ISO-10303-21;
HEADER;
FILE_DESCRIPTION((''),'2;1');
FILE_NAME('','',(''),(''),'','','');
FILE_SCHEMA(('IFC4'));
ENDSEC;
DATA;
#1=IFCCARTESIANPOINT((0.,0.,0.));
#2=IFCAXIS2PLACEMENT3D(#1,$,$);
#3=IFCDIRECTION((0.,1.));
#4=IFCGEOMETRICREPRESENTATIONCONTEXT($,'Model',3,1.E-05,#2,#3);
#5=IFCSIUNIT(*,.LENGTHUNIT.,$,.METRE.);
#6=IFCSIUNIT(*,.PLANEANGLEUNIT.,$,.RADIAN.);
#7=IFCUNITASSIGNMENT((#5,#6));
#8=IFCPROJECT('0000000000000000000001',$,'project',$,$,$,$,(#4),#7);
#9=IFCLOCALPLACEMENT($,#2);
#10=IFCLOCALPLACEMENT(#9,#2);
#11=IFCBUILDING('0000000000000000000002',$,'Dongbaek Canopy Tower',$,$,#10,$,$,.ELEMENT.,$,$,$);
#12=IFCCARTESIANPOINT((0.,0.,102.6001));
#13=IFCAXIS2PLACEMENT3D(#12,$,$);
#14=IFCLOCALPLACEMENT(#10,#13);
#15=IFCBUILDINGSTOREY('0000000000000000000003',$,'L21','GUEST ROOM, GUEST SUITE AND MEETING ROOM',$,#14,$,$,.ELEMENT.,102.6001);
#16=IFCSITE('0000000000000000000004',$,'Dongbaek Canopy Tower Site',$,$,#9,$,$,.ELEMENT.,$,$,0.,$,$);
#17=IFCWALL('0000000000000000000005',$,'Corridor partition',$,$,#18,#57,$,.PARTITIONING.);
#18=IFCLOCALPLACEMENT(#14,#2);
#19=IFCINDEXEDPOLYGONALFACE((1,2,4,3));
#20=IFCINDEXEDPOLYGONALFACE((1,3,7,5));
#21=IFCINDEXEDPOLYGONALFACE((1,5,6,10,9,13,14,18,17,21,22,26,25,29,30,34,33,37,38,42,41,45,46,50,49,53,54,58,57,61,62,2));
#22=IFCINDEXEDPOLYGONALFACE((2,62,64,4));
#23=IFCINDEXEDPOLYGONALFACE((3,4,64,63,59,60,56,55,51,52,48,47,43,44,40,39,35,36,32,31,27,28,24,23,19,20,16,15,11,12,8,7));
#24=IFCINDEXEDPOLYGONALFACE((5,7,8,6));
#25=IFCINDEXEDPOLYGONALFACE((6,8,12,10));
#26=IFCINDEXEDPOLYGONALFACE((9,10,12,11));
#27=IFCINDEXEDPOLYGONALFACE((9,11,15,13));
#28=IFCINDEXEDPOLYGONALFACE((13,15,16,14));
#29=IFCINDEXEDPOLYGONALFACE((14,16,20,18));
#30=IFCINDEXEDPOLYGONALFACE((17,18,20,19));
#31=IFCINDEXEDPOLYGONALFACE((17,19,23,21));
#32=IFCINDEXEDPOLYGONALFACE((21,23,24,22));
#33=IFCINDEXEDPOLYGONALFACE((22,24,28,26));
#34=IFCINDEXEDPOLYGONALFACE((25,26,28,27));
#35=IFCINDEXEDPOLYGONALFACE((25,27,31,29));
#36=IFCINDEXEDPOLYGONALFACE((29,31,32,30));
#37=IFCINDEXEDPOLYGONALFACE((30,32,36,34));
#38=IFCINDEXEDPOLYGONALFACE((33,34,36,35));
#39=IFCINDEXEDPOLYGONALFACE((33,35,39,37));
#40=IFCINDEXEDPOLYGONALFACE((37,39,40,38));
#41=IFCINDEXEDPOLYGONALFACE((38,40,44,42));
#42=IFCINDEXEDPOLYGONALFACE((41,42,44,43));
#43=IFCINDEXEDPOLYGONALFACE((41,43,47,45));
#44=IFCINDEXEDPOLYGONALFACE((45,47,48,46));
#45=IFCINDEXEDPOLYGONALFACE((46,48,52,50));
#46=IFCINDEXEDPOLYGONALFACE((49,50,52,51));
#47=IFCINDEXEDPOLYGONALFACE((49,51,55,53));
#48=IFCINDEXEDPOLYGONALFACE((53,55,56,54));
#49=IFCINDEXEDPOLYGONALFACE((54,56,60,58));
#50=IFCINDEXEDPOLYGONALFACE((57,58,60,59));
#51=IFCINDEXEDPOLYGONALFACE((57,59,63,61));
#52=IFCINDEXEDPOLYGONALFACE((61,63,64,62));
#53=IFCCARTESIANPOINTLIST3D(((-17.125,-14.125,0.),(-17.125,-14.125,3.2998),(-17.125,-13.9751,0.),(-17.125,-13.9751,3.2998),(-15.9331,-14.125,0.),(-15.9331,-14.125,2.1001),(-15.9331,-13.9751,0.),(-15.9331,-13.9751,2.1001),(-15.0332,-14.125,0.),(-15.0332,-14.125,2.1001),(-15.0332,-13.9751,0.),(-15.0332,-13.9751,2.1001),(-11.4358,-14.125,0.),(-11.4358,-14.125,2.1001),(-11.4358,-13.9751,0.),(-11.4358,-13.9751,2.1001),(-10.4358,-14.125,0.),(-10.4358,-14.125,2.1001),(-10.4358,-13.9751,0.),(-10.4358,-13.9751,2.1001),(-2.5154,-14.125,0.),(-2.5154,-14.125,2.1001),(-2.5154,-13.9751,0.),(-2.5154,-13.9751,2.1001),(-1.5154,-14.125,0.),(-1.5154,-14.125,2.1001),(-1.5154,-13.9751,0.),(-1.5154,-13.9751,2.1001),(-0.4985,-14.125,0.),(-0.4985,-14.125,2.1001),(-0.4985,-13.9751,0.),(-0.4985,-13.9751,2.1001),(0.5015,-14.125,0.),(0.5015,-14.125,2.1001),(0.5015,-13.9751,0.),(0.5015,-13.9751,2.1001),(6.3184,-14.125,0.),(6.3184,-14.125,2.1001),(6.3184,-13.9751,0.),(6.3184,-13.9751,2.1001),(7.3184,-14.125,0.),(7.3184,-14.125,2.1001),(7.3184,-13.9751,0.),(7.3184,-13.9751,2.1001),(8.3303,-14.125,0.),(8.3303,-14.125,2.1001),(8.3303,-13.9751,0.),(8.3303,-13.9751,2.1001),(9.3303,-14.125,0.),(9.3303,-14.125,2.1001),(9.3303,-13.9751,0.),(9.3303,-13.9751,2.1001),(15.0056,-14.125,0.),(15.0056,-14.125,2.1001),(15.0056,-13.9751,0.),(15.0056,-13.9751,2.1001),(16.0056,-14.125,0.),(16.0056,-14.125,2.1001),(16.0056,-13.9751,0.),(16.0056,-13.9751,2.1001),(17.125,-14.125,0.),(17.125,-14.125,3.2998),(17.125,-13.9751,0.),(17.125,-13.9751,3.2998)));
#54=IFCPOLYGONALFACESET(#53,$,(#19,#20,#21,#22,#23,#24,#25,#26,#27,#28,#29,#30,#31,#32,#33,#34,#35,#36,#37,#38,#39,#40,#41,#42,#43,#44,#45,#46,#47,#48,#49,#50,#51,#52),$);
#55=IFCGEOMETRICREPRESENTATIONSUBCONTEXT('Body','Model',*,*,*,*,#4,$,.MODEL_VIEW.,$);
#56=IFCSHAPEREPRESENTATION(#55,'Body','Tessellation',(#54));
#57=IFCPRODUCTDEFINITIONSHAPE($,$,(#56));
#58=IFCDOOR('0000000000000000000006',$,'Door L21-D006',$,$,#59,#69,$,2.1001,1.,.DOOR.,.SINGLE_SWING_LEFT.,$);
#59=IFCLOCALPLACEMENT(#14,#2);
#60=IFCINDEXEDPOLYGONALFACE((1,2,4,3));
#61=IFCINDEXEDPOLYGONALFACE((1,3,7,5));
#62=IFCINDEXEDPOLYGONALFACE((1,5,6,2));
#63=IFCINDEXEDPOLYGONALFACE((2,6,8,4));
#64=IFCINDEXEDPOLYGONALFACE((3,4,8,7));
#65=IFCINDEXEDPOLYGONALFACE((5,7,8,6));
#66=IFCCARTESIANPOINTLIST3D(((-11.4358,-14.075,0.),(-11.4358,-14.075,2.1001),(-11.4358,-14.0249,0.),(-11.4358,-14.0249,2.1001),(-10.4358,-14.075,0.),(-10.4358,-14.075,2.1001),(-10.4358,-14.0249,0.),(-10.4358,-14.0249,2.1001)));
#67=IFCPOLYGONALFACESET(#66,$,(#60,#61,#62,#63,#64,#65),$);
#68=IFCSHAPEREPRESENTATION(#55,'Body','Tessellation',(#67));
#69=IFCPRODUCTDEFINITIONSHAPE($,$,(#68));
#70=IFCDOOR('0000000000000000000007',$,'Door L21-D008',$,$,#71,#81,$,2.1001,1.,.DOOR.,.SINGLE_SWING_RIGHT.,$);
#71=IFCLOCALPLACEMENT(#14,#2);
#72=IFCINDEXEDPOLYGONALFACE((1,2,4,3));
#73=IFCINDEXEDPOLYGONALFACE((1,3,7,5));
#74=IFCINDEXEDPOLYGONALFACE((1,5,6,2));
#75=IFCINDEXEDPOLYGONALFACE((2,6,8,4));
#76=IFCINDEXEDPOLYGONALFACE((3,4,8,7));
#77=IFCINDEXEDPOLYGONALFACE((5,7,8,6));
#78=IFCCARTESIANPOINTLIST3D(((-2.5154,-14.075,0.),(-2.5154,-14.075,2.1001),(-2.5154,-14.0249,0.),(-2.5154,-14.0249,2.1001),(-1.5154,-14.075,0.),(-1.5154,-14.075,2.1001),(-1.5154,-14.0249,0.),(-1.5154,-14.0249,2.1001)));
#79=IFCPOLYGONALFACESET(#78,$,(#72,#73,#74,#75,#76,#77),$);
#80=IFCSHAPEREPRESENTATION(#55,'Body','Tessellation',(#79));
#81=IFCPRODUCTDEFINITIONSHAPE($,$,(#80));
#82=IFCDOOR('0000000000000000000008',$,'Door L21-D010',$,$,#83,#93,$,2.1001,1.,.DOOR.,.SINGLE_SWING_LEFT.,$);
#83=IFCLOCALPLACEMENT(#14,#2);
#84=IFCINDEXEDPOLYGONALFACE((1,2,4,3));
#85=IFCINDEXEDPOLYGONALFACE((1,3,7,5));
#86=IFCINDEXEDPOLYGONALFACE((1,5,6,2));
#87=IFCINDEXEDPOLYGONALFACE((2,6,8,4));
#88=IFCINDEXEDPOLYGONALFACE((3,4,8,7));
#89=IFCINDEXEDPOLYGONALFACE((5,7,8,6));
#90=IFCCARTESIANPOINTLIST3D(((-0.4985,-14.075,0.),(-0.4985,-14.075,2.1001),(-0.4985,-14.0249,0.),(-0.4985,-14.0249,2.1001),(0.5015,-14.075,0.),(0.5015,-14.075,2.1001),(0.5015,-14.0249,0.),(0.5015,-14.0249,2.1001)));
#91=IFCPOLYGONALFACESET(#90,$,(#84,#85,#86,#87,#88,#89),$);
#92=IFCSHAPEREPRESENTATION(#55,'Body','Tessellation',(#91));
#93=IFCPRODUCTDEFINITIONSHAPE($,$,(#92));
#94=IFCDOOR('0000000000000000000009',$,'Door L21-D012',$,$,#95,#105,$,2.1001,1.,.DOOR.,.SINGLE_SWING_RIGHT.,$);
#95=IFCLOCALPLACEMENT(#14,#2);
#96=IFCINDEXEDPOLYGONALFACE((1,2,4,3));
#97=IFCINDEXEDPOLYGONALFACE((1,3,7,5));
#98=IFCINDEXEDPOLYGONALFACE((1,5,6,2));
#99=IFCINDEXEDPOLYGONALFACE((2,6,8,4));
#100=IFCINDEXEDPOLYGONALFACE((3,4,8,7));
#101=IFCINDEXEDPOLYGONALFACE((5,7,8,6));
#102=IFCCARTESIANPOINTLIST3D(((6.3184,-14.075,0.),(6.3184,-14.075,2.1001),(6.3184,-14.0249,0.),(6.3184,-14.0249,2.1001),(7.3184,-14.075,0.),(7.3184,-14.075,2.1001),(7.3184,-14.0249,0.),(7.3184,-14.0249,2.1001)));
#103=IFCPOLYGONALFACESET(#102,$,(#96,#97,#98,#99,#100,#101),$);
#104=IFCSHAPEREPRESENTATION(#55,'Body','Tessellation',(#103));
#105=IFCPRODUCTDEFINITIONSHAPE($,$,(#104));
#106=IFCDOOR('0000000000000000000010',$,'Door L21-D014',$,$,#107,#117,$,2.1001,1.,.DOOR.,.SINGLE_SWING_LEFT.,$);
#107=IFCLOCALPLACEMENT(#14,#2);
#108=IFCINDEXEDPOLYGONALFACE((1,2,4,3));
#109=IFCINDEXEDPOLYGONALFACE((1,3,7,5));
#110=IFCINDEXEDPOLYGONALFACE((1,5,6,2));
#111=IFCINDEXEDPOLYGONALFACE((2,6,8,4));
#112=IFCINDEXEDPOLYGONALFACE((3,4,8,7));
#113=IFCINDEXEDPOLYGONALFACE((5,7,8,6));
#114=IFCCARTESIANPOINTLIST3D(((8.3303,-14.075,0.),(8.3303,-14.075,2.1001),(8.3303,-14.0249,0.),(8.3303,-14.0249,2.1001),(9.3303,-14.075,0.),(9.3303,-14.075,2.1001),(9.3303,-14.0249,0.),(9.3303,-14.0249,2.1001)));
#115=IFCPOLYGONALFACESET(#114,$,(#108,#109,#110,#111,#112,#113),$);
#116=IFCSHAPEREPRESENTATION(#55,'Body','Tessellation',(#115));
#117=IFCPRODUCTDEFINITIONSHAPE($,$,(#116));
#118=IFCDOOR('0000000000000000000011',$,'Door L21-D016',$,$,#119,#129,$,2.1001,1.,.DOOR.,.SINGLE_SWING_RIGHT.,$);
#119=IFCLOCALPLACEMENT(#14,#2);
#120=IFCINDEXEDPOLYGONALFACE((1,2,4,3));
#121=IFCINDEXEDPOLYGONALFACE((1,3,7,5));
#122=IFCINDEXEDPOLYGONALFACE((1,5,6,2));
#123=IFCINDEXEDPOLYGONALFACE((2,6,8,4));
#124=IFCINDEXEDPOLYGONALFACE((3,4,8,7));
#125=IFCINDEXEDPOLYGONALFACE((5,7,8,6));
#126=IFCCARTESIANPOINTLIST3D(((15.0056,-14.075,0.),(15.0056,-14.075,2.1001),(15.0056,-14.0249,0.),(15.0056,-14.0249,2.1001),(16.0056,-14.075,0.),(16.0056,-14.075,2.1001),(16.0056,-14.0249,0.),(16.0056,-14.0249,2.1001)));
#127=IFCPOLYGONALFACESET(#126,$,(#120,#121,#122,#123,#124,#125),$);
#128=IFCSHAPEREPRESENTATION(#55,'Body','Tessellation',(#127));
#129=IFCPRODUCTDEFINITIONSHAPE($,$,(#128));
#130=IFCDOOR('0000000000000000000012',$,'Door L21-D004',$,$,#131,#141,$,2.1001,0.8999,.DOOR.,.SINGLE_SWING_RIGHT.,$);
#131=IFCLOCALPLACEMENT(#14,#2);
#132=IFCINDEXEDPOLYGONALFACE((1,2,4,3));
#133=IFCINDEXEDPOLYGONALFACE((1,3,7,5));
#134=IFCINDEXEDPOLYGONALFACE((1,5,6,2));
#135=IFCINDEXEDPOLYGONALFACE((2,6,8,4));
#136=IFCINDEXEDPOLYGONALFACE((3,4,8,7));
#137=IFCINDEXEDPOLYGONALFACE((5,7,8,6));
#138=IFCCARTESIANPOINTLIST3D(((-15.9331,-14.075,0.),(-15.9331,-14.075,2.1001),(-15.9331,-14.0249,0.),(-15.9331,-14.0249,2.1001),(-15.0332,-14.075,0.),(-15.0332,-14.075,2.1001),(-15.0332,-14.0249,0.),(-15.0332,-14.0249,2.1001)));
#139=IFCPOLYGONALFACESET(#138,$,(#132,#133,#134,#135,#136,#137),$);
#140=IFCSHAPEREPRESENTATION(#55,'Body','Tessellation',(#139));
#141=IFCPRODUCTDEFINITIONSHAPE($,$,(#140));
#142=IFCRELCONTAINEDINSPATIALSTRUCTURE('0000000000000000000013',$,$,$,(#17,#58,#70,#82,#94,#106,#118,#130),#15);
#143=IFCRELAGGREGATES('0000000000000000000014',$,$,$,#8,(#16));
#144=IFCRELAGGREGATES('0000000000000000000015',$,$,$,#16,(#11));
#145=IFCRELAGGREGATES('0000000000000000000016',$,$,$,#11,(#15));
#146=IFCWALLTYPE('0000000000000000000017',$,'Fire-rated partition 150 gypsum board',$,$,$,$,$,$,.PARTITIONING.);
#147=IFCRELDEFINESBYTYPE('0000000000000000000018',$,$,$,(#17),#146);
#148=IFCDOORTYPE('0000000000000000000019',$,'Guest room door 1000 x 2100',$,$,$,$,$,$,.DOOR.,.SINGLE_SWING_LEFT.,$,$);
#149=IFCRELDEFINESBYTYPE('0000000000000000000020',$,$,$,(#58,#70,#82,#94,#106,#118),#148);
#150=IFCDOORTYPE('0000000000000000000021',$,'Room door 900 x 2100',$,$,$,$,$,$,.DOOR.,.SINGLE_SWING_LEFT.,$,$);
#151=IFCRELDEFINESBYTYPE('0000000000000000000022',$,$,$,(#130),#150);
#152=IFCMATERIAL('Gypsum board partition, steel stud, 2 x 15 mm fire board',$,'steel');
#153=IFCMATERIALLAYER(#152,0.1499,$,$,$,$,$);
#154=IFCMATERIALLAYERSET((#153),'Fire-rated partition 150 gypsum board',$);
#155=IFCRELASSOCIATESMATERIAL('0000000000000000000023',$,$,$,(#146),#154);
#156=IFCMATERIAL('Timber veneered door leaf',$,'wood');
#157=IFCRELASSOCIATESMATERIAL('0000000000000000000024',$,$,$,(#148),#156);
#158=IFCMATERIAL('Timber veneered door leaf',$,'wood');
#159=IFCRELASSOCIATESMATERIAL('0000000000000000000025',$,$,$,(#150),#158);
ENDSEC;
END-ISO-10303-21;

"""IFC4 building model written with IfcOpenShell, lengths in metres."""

from ifc_helpers import new_model, si_unit, direction, frame, frame_2d, origin, place, context, subcontext, project, spatial, rectangle, extrude, material, layer, layer_set, type_object, element, fill, save


model = new_model("IFC4")

# Units and contexts
model_context = context("Model", 3, precision=1e-05, world=origin(), true_north=direction((0.0, 1.0)))
body_context = subcontext(model_context, "Body", "Model", "MODEL_VIEW")
ifc_project = project(units=[si_unit("LENGTHUNIT", "METRE"), si_unit("PLANEANGLEUNIT", "RADIAN")], contexts=[model_context])

# Site, building, storey
site_placement = place(None, origin())
site = spatial("IfcSite", under=ifc_project, at=site_placement, Name="Dongbaek Canopy Tower Site", CompositionType="ELEMENT", RefElevation=0.0)
building_placement = place(site_placement, origin())
building = spatial("IfcBuilding", under=site, at=building_placement, Name="Dongbaek Canopy Tower", CompositionType="ELEMENT")
storey_placement = place(building_placement, frame((0.0, 0.0, 102.6001)))
storey = spatial("IfcBuildingStorey", under=building, at=storey_placement, Name="L21", Description="GUEST ROOM, GUEST SUITE AND MEETING ROOM", CompositionType="ELEMENT", Elevation=102.6001)

# Wall, openings, doors
ifc_material_1 = material(Name="Gypsum board partition, steel stud, 2 x 15 mm fire board", Category="steel")
ifc_layer_1 = layer(ifc_material_1, 0.1499)
ifc_layer_set_1 = layer_set([ifc_layer_1], Name="Fire-rated partition 150 gypsum board")
wall_type_1 = type_object("IfcWallType", Name="Fire-rated partition 150 gypsum board", PredefinedType="PARTITIONING", material=ifc_layer_set_1)
wall_1_placement = place(storey_placement, frame((17.125, -14.05, 0.0), z_axis=(0.0, 0.0, 1.0), x_axis=(-1.0, 0.0, 0.0)))
wall_1 = element("IfcWall", 1, at=wall_1_placement, inside=storey, type_object=wall_type_1, Name="Corridor partition", PredefinedType="PARTITIONING", context=body_context, shape_type="SweptSolid", body=[
    extrude(rectangle(XDim=34.25, YDim=0.1499, at=frame_2d((17.125, 0.0))), origin(), (0.0, 0.0, 1.0), 3.2998),
])
opening_1_placement = place(wall_1_placement, frame((32.1582, 0.0, 0.0)))
opening_1 = element("IfcOpeningElement", 2, at=opening_1_placement, cuts=wall_1, PredefinedType="OPENING", context=body_context, shape_type="SweptSolid", body=[
    extrude(rectangle(XDim=0.8999, YDim=2.1001, at=frame_2d((0.45, 1.05))), frame((0.0, 0.085, 0.0), z_axis=(0.0, -1.0, 0.0), x_axis=(1.0, 0.0, 0.0)), (0.0, 0.0, 1.0), 0.1699),
])
opening_2_placement = place(wall_1_placement, frame((27.5608, 0.0, 0.0)))
opening_2 = element("IfcOpeningElement", 3, at=opening_2_placement, cuts=wall_1, PredefinedType="OPENING", context=body_context, shape_type="SweptSolid", body=[
    extrude(rectangle(XDim=1.0, YDim=2.1001, at=frame_2d((0.5, 1.05))), frame((0.0, 0.085, 0.0), z_axis=(0.0, -1.0, 0.0), x_axis=(1.0, 0.0, 0.0)), (0.0, 0.0, 1.0), 0.1699),
])
opening_3_placement = place(wall_1_placement, frame((18.6404, 0.0, 0.0)))
opening_3 = element("IfcOpeningElement", 4, at=opening_3_placement, cuts=wall_1, PredefinedType="OPENING", context=body_context, shape_type="SweptSolid", body=[
    extrude(rectangle(XDim=1.0, YDim=2.1001, at=frame_2d((0.5, 1.05))), frame((0.0, 0.085, 0.0), z_axis=(0.0, -1.0, 0.0), x_axis=(1.0, 0.0, 0.0)), (0.0, 0.0, 1.0), 0.1699),
])
opening_4_placement = place(wall_1_placement, frame((16.6235, 0.0, 0.0)))
opening_4 = element("IfcOpeningElement", 5, at=opening_4_placement, cuts=wall_1, PredefinedType="OPENING", context=body_context, shape_type="SweptSolid", body=[
    extrude(rectangle(XDim=1.0, YDim=2.1001, at=frame_2d((0.5, 1.05))), frame((0.0, 0.085, 0.0), z_axis=(0.0, -1.0, 0.0), x_axis=(1.0, 0.0, 0.0)), (0.0, 0.0, 1.0), 0.1699),
])
opening_5_placement = place(wall_1_placement, frame((9.8066, 0.0, 0.0)))
opening_5 = element("IfcOpeningElement", 6, at=opening_5_placement, cuts=wall_1, PredefinedType="OPENING", context=body_context, shape_type="SweptSolid", body=[
    extrude(rectangle(XDim=1.0, YDim=2.1001, at=frame_2d((0.5, 1.05))), frame((0.0, 0.085, 0.0), z_axis=(0.0, -1.0, 0.0), x_axis=(1.0, 0.0, 0.0)), (0.0, 0.0, 1.0), 0.1699),
])
opening_6_placement = place(wall_1_placement, frame((7.7947, 0.0, 0.0)))
opening_6 = element("IfcOpeningElement", 7, at=opening_6_placement, cuts=wall_1, PredefinedType="OPENING", context=body_context, shape_type="SweptSolid", body=[
    extrude(rectangle(XDim=1.0, YDim=2.1001, at=frame_2d((0.5, 1.05))), frame((0.0, 0.085, 0.0), z_axis=(0.0, -1.0, 0.0), x_axis=(1.0, 0.0, 0.0)), (0.0, 0.0, 1.0), 0.1699),
])
opening_7_placement = place(wall_1_placement, frame((1.1194, 0.0, 0.0)))
opening_7 = element("IfcOpeningElement", 8, at=opening_7_placement, cuts=wall_1, PredefinedType="OPENING", context=body_context, shape_type="SweptSolid", body=[
    extrude(rectangle(XDim=1.0, YDim=2.1001, at=frame_2d((0.5, 1.05))), frame((0.0, 0.085, 0.0), z_axis=(0.0, -1.0, 0.0), x_axis=(1.0, 0.0, 0.0)), (0.0, 0.0, 1.0), 0.1699),
])
ifc_material_2 = material(Name="Timber veneered door leaf", Category="wood")
door_type_1 = type_object("IfcDoorType", Name="Guest room door 1000 x 2100", OperationType="SINGLE_SWING_LEFT", PredefinedType="DOOR", material=ifc_material_2)
door_1_placement = place(opening_2_placement, origin())
door_1 = element("IfcDoor", 9, at=door_1_placement, inside=storey, type_object=door_type_1, Name="Door L21-D006", OperationType="SINGLE_SWING_LEFT", OverallHeight=2.1001, OverallWidth=1.0, PredefinedType="DOOR", context=body_context, shape_type="SweptSolid", body=[
    extrude(rectangle(XDim=1.0, YDim=2.1001, at=frame_2d((0.5, 1.05))), frame((0.0, 0.0249, 0.0), z_axis=(0.0, -1.0, 0.0), x_axis=(1.0, 0.0, 0.0)), (0.0, 0.0, 1.0), 0.05),
])
fill(opening_2, door_1)
door_2_placement = place(opening_3_placement, origin())
door_2 = element("IfcDoor", 10, at=door_2_placement, inside=storey, type_object=door_type_1, Name="Door L21-D008", OperationType="SINGLE_SWING_RIGHT", OverallHeight=2.1001, OverallWidth=1.0, PredefinedType="DOOR", context=body_context, shape_type="SweptSolid", body=[
    extrude(rectangle(XDim=1.0, YDim=2.1001, at=frame_2d((0.5, 1.05))), frame((0.0, 0.0249, 0.0), z_axis=(0.0, -1.0, 0.0), x_axis=(1.0, 0.0, 0.0)), (0.0, 0.0, 1.0), 0.05),
])
fill(opening_3, door_2)
door_3_placement = place(opening_4_placement, origin())
door_3 = element("IfcDoor", 11, at=door_3_placement, inside=storey, type_object=door_type_1, Name="Door L21-D010", OperationType="SINGLE_SWING_LEFT", OverallHeight=2.1001, OverallWidth=1.0, PredefinedType="DOOR", context=body_context, shape_type="SweptSolid", body=[
    extrude(rectangle(XDim=1.0, YDim=2.1001, at=frame_2d((0.5, 1.05))), frame((0.0, 0.0249, 0.0), z_axis=(0.0, -1.0, 0.0), x_axis=(1.0, 0.0, 0.0)), (0.0, 0.0, 1.0), 0.05),
])
fill(opening_4, door_3)
door_4_placement = place(opening_5_placement, origin())
door_4 = element("IfcDoor", 12, at=door_4_placement, inside=storey, type_object=door_type_1, Name="Door L21-D012", OperationType="SINGLE_SWING_RIGHT", OverallHeight=2.1001, OverallWidth=1.0, PredefinedType="DOOR", context=body_context, shape_type="SweptSolid", body=[
    extrude(rectangle(XDim=1.0, YDim=2.1001, at=frame_2d((0.5, 1.05))), frame((0.0, 0.0249, 0.0), z_axis=(0.0, -1.0, 0.0), x_axis=(1.0, 0.0, 0.0)), (0.0, 0.0, 1.0), 0.05),
])
fill(opening_5, door_4)
door_5_placement = place(opening_6_placement, origin())
door_5 = element("IfcDoor", 13, at=door_5_placement, inside=storey, type_object=door_type_1, Name="Door L21-D014", OperationType="SINGLE_SWING_LEFT", OverallHeight=2.1001, OverallWidth=1.0, PredefinedType="DOOR", context=body_context, shape_type="SweptSolid", body=[
    extrude(rectangle(XDim=1.0, YDim=2.1001, at=frame_2d((0.5, 1.05))), frame((0.0, 0.0249, 0.0), z_axis=(0.0, -1.0, 0.0), x_axis=(1.0, 0.0, 0.0)), (0.0, 0.0, 1.0), 0.05),
])
fill(opening_6, door_5)
door_6_placement = place(opening_7_placement, origin())
door_6 = element("IfcDoor", 14, at=door_6_placement, inside=storey, type_object=door_type_1, Name="Door L21-D016", OperationType="SINGLE_SWING_RIGHT", OverallHeight=2.1001, OverallWidth=1.0, PredefinedType="DOOR", context=body_context, shape_type="SweptSolid", body=[
    extrude(rectangle(XDim=1.0, YDim=2.1001, at=frame_2d((0.5, 1.05))), frame((0.0, 0.0249, 0.0), z_axis=(0.0, -1.0, 0.0), x_axis=(1.0, 0.0, 0.0)), (0.0, 0.0, 1.0), 0.05),
])
fill(opening_7, door_6)
ifc_material_3 = material(Name="Timber veneered door leaf", Category="wood")
door_type_2 = type_object("IfcDoorType", Name="Room door 900 x 2100", OperationType="SINGLE_SWING_LEFT", PredefinedType="DOOR", material=ifc_material_3)
door_7_placement = place(opening_1_placement, origin())
door_7 = element("IfcDoor", 15, at=door_7_placement, inside=storey, type_object=door_type_2, Name="Door L21-D004", OperationType="SINGLE_SWING_RIGHT", OverallHeight=2.1001, OverallWidth=0.8999, PredefinedType="DOOR", context=body_context, shape_type="SweptSolid", body=[
    extrude(rectangle(XDim=0.8999, YDim=2.1001, at=frame_2d((0.45, 1.05))), frame((0.0, 0.0249, 0.0), z_axis=(0.0, -1.0, 0.0), x_axis=(1.0, 0.0, 0.0)), (0.0, 0.0, 1.0), 0.05),
])
fill(opening_1, door_7)

save(model, "model.ifc")
